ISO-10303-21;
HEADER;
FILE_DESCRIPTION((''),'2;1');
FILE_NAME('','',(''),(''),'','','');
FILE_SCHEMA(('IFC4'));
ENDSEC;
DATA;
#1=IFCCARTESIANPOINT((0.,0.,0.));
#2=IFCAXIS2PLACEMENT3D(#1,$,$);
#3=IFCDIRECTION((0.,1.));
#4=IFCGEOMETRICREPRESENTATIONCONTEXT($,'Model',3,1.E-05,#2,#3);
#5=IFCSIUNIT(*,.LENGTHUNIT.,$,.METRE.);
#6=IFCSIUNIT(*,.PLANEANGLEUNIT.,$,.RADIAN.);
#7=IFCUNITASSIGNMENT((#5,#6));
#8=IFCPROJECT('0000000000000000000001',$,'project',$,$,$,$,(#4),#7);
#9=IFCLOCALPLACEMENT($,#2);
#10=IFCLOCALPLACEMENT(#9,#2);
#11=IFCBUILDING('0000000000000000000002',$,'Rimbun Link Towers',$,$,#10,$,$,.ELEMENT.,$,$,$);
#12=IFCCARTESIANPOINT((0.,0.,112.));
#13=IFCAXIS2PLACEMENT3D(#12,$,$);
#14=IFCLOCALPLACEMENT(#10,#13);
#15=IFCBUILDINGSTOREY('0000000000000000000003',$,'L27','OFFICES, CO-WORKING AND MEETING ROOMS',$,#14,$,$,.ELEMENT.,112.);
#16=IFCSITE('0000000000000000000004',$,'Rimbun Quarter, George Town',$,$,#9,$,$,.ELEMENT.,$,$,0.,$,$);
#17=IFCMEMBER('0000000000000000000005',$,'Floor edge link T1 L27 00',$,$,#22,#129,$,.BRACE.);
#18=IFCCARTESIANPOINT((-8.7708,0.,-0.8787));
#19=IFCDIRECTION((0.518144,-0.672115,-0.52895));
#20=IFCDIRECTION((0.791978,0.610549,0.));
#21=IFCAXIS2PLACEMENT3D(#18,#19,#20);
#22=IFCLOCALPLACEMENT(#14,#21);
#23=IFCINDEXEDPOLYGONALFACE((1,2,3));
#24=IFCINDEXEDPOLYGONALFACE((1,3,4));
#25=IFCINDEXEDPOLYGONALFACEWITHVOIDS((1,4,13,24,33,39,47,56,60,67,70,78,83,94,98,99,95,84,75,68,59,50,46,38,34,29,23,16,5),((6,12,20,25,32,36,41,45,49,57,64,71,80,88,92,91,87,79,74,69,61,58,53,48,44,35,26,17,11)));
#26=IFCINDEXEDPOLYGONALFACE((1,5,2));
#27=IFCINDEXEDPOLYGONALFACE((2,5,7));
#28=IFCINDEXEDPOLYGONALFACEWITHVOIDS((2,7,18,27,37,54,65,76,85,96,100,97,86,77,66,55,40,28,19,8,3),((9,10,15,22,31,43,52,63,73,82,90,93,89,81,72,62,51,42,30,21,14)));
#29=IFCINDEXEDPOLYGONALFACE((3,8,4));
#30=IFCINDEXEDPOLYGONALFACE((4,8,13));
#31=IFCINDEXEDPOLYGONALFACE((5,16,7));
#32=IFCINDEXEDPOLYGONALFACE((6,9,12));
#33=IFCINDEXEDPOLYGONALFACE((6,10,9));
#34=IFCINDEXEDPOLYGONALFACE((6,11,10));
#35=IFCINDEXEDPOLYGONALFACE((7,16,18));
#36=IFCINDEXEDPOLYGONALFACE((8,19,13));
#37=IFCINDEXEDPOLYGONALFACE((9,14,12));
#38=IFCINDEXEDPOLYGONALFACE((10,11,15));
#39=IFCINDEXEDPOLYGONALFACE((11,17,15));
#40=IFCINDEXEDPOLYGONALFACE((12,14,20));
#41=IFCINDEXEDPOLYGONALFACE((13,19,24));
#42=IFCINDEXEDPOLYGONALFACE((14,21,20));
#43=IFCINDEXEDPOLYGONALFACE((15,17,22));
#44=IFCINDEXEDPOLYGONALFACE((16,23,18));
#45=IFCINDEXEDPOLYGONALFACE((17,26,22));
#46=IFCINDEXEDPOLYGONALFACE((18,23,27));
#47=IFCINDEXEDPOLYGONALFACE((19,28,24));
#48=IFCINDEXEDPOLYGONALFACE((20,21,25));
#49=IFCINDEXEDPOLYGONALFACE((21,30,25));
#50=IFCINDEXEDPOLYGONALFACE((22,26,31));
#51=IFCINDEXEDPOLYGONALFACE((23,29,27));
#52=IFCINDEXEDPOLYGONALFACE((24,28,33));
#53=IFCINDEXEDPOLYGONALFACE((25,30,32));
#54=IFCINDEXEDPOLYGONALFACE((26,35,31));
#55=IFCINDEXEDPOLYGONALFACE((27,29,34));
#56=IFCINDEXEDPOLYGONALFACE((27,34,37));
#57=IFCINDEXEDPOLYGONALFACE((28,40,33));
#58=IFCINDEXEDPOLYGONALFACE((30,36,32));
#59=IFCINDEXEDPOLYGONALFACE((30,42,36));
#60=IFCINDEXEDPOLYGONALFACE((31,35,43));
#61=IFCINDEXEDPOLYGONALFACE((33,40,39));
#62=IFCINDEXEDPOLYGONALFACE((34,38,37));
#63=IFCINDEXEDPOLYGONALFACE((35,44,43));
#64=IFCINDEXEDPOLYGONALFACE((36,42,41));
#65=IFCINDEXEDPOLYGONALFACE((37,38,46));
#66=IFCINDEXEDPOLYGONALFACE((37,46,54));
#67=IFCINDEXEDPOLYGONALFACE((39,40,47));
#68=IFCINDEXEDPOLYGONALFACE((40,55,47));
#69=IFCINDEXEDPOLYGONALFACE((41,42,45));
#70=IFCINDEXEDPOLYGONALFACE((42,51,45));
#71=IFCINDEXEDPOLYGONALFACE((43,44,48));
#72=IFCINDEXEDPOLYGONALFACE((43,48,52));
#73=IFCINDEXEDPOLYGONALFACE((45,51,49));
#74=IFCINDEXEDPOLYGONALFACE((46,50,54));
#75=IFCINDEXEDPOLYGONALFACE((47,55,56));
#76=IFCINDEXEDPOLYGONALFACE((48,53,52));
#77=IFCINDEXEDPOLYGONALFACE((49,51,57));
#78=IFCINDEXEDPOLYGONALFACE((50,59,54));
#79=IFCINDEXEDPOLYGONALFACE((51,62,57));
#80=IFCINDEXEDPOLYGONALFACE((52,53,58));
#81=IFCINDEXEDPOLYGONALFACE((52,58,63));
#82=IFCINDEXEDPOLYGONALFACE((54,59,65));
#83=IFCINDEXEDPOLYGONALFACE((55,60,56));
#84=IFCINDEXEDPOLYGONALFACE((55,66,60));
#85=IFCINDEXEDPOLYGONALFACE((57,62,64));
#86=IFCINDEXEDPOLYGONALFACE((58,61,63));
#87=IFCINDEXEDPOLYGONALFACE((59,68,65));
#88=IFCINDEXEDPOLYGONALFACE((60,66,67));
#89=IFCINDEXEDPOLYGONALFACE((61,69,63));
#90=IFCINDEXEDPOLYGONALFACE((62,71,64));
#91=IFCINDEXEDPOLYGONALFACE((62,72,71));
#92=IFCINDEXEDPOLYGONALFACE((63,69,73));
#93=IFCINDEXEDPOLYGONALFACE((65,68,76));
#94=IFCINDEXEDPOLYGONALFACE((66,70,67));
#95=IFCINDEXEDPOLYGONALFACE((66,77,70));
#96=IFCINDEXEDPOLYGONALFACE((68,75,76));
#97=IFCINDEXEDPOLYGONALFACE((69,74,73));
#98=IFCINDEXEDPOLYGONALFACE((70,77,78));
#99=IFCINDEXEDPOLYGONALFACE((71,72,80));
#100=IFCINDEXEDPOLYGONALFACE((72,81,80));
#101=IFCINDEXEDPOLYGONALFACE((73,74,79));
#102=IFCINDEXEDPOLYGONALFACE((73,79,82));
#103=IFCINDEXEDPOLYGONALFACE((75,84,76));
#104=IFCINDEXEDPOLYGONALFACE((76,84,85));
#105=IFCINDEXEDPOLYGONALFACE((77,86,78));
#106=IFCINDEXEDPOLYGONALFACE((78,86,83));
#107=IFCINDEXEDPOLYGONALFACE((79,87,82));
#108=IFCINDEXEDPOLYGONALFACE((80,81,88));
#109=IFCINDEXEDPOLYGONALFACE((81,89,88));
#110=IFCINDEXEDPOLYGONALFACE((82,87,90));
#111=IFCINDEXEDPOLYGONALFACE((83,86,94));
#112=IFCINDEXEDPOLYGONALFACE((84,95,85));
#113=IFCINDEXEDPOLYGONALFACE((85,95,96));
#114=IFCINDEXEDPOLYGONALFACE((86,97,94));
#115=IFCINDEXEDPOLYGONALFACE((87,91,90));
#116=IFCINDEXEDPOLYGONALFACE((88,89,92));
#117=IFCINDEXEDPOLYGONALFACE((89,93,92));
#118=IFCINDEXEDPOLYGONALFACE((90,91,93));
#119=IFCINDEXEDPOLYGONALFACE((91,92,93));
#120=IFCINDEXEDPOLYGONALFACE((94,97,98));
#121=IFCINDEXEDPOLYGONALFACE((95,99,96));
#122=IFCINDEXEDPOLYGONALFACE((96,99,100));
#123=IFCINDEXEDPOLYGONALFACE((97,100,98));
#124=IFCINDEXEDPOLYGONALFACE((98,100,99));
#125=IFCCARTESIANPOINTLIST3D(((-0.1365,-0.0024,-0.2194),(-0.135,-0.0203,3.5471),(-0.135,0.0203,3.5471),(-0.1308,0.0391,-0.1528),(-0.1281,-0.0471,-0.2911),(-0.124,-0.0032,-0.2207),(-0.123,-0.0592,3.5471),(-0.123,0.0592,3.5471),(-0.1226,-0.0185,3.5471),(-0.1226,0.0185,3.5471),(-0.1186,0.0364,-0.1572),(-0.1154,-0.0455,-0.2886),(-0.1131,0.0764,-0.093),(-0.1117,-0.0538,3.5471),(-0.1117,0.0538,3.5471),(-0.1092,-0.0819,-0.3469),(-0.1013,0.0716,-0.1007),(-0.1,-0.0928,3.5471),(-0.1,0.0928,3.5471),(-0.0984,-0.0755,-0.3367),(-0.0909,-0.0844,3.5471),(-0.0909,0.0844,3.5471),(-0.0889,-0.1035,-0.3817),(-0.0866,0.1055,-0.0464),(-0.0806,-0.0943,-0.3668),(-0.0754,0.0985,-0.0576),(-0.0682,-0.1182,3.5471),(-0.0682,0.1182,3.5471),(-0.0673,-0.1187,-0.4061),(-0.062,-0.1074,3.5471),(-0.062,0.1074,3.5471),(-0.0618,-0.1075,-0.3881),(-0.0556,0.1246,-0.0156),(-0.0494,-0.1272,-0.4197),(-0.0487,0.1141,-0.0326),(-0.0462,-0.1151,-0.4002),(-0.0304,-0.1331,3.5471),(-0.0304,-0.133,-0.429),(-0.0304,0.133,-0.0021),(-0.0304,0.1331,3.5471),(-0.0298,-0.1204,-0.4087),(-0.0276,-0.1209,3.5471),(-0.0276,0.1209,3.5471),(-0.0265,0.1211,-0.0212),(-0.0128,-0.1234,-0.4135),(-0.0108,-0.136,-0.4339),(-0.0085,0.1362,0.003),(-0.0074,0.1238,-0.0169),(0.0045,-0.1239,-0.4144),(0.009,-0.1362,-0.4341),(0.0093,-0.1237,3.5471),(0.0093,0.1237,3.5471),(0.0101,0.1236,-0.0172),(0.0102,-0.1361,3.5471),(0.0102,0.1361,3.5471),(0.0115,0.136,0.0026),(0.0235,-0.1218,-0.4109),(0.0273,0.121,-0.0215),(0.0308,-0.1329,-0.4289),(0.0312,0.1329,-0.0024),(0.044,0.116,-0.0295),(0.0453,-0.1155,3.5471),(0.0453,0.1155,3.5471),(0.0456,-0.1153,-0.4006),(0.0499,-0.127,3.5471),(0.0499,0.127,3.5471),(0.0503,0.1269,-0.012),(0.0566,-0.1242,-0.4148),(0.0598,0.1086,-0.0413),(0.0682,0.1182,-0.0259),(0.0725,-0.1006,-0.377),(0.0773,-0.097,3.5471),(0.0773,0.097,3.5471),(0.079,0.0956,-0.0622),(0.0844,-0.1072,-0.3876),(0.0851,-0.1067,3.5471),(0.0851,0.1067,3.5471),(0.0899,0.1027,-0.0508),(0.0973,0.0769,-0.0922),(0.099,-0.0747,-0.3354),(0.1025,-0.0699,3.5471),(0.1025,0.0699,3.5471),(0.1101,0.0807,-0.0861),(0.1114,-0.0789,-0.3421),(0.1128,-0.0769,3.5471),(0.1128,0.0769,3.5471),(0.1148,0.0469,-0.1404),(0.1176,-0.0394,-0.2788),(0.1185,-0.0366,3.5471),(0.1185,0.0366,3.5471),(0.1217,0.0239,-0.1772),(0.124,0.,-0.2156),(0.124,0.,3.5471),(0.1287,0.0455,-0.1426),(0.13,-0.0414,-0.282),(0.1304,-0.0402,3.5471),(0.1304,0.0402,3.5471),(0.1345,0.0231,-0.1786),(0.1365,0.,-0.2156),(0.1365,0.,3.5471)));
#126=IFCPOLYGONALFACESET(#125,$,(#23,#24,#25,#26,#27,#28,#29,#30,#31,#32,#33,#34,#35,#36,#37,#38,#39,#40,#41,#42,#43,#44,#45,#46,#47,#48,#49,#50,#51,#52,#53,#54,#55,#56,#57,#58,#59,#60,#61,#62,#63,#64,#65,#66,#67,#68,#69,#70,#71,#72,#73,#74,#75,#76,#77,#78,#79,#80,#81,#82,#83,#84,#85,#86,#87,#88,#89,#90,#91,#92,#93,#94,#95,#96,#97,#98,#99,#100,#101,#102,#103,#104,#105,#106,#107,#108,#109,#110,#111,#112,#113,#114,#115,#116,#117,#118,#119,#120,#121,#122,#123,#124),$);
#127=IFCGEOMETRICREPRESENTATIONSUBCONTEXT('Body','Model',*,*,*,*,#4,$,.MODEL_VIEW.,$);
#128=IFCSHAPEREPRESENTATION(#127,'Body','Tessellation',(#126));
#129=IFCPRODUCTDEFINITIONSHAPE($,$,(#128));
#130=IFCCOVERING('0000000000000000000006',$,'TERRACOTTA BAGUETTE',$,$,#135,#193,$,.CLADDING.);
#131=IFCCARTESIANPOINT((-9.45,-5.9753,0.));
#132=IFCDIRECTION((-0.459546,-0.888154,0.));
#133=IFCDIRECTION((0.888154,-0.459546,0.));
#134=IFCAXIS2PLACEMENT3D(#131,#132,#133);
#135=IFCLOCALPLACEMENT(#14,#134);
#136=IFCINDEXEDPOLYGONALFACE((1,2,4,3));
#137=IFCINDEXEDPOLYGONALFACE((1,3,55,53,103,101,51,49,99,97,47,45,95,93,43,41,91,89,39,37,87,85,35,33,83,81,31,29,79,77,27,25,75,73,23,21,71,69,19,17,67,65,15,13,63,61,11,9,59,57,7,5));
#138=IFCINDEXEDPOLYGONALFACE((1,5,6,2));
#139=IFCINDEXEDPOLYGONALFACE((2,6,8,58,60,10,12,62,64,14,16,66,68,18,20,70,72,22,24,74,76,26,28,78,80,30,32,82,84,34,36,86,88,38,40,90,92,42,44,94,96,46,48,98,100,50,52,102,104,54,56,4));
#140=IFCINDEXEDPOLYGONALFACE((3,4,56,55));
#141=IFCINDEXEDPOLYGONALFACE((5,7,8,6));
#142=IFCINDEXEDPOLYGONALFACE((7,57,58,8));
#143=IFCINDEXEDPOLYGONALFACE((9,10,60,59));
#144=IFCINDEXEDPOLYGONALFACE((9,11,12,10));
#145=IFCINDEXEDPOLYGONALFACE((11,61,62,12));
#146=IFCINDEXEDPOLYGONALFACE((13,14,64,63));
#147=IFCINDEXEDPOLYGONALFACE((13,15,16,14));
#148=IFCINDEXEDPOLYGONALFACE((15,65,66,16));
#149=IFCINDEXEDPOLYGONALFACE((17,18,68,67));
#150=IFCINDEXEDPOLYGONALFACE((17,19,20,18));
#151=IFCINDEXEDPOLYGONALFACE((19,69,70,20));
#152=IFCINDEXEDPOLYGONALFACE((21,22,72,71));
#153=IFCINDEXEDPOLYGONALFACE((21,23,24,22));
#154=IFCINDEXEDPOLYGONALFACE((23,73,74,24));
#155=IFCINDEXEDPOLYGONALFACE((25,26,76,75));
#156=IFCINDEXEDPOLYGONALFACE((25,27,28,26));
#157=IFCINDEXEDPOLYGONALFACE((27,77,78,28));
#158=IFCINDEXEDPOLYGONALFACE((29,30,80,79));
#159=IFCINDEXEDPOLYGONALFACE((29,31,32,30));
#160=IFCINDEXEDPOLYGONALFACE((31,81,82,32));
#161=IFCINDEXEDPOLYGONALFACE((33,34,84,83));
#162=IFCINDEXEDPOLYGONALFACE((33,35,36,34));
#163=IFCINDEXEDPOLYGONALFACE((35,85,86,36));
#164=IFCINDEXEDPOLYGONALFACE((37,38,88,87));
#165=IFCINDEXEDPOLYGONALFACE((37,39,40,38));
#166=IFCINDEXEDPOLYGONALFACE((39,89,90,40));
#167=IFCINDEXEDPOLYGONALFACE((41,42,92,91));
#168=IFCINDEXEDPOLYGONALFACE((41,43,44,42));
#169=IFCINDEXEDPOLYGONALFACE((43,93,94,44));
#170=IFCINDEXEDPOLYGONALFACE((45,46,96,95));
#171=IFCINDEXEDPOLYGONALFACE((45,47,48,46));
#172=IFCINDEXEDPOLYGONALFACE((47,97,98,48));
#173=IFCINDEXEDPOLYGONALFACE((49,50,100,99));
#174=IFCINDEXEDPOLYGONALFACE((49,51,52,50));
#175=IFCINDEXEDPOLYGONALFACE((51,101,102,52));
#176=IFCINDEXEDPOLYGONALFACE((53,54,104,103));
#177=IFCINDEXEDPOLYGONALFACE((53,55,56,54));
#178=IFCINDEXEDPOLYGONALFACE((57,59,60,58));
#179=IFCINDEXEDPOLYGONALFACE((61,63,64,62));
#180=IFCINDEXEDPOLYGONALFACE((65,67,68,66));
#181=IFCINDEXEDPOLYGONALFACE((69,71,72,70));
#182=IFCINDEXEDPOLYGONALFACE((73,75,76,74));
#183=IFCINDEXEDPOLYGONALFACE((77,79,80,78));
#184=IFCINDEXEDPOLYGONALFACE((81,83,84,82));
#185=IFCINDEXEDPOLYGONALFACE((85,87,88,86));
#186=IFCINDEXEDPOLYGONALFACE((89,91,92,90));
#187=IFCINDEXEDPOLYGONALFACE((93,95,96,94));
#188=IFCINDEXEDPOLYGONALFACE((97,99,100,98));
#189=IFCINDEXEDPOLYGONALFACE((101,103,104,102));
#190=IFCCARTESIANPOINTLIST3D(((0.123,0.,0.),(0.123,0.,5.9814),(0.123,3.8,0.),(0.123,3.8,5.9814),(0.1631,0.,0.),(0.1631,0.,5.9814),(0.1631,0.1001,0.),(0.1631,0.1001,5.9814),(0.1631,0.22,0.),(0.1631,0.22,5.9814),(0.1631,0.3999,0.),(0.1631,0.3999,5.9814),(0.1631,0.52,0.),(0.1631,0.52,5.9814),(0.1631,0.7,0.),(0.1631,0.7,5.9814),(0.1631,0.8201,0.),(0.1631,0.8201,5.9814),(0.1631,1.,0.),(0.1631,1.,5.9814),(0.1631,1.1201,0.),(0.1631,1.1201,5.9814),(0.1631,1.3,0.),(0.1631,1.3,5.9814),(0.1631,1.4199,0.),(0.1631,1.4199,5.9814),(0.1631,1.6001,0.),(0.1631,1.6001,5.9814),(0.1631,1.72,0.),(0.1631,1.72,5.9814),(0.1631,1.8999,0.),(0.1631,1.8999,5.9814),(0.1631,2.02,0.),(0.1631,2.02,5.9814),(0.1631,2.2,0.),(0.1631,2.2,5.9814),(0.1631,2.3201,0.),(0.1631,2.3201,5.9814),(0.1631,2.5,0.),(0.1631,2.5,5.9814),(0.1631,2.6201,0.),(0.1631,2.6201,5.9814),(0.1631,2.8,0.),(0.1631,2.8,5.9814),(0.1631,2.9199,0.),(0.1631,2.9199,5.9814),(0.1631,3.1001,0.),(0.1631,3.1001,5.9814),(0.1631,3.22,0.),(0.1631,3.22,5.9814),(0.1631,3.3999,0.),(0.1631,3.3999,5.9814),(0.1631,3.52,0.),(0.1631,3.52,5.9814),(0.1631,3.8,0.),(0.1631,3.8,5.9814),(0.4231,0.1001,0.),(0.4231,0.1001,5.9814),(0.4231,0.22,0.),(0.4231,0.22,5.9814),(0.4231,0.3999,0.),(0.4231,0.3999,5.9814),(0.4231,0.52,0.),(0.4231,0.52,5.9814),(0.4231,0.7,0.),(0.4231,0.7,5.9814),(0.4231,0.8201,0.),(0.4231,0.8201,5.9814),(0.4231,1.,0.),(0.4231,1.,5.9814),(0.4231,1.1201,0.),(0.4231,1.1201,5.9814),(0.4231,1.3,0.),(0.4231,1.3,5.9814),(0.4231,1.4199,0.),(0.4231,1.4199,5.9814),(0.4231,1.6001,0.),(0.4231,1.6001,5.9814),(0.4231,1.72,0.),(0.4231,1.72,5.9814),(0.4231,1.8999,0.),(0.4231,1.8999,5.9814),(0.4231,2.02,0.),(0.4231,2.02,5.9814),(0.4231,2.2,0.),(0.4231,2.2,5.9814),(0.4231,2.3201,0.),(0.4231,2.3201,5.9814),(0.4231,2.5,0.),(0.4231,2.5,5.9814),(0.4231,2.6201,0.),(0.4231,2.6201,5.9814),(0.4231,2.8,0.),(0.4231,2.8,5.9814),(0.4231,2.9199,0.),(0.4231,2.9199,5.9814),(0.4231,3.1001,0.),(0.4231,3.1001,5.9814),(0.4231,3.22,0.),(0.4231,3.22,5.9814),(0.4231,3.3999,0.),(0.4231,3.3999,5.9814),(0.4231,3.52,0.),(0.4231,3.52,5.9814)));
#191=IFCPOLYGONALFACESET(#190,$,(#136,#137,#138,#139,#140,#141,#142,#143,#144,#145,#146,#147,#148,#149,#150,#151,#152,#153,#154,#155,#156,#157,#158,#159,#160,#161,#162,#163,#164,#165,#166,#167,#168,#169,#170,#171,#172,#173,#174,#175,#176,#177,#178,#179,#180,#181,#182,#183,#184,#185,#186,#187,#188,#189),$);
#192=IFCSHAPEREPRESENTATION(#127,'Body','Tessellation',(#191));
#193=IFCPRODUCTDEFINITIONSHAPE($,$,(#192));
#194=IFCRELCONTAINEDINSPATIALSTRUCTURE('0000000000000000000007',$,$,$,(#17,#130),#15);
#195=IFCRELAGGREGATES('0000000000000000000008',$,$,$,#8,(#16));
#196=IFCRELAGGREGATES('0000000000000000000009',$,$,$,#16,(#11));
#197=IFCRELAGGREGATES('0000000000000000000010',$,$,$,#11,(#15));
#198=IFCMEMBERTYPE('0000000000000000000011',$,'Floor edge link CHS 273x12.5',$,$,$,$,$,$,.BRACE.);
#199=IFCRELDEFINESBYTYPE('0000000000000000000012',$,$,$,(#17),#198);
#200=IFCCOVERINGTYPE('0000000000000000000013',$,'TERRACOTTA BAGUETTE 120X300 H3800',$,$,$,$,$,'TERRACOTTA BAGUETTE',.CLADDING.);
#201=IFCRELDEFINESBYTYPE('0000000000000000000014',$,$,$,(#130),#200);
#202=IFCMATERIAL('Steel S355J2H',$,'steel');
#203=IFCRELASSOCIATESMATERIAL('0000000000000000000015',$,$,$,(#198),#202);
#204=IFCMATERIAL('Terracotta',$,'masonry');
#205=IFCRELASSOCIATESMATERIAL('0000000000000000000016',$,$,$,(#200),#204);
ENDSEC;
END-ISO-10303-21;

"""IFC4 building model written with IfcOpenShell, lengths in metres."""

from ifc_helpers import new_model, si_unit, direction, frame, origin, origin_2d, place, context, subcontext, project, spatial, polyline, hollow_circle, outline, extrude, clip, halfspace, material, material_profile, profile_set, type_object, element, save


model = new_model("IFC4")

# Units and contexts
model_context = context("Model", 3, precision=1e-05, world=origin(), true_north=direction((0.0, 1.0)))
body_context = subcontext(model_context, "Body", "Model", "MODEL_VIEW")
ifc_project = project(units=[si_unit("LENGTHUNIT", "METRE"), si_unit("PLANEANGLEUNIT", "RADIAN")], contexts=[model_context])

# Site, building, storey
site_placement = place(None, origin())
site = spatial("IfcSite", under=ifc_project, at=site_placement, Name="Rimbun Quarter, George Town", CompositionType="ELEMENT", RefElevation=0.0)
building_placement = place(site_placement, origin())
building = spatial("IfcBuilding", under=site, at=building_placement, Name="Rimbun Link Towers", CompositionType="ELEMENT")
storey_placement = place(building_placement, frame((0.0, 0.0, 112.0)))
storey = spatial("IfcBuildingStorey", under=building, at=storey_placement, Name="L27", Description="OFFICES, CO-WORKING AND MEETING ROOMS", CompositionType="ELEMENT", Elevation=112.0)

# Member
ifc_material_1 = material(Name="Steel S355J2H", Category="steel")
ifc_material_profile_1 = material_profile(ifc_material_1, hollow_circle(Radius=0.1365, WallThickness=0.0125, at=origin_2d()), Name="CHS 273x12.5")
ifc_profile_set_1 = profile_set([ifc_material_profile_1], Name="Steel S355J2H")
member_type_1 = type_object("IfcMemberType", Name="Floor edge link CHS 273x12.5", PredefinedType="BRACE", material=ifc_profile_set_1)
member_1_placement = place(storey_placement, frame((-8.7708, 0.0, -0.8787), z_axis=(0.518144, -0.672115, -0.52895), x_axis=(0.791978, 0.610549, 0.0)))
element("IfcMember", 1, at=member_1_placement, inside=storey, type_object=member_type_1, Name="Floor edge link T1 L27 00", PredefinedType="BRACE", context=body_context, shape_type="Clipping", body=[
    clip(extrude(hollow_circle(Radius=0.1365, WallThickness=0.0125, at=origin_2d()), frame((0.0, 0.0, -0.4568)), (0.0, 0.0, 1.0), 4.0039), halfspace(frame((0.0, 0.0, -0.2156), z_axis=(0.0, 0.848653, -0.52895)), False)),
])

# Covering
ifc_material_2 = material(Name="Terracotta", Category="masonry")
ifc_material_profile_2 = material_profile(ifc_material_2, outline(polyline([(0.123, 0.0), (0.1631, 0.0), (0.1631, 0.1001), (0.4231, 0.1001), (0.4231, 0.22), (0.1631, 0.22), (0.1631, 0.3999), (0.4231, 0.3999), (0.4231, 0.52), (0.1631, 0.52), (0.1631, 0.7), (0.4231, 0.7), (0.4231, 0.8201), (0.1631, 0.8201), (0.1631, 1.0), (0.4231, 1.0), (0.4231, 1.1201), (0.1631, 1.1201), (0.1631, 1.3), (0.4231, 1.3), (0.4231, 1.4199), (0.1631, 1.4199), (0.1631, 1.6001), (0.4231, 1.6001), (0.4231, 1.72), (0.1631, 1.72), (0.1631, 1.8999), (0.4231, 1.8999), (0.4231, 2.02), (0.1631, 2.02), (0.1631, 2.2), (0.4231, 2.2), (0.4231, 2.3201), (0.1631, 2.3201), (0.1631, 2.5), (0.4231, 2.5), (0.4231, 2.6201), (0.1631, 2.6201), (0.1631, 2.8), (0.4231, 2.8), (0.4231, 2.9199), (0.1631, 2.9199), (0.1631, 3.1001), (0.4231, 3.1001), (0.4231, 3.22), (0.1631, 3.22), (0.1631, 3.3999), (0.4231, 3.3999), (0.4231, 3.52), (0.1631, 3.52), (0.1631, 3.8), (0.123, 3.8), (0.123, 0.0)])), Name="BAGUETTE 120X300")
ifc_profile_set_2 = profile_set([ifc_material_profile_2], Name="Terracotta")
covering_type = type_object("IfcCoveringType", Name="TERRACOTTA BAGUETTE 120X300 H3800", ElementType="TERRACOTTA BAGUETTE", PredefinedType="CLADDING", material=ifc_profile_set_2)
covering_1_placement = place(storey_placement, frame((-9.45, -5.9753, 0.0), z_axis=(-0.459546, -0.888154, 0.0), x_axis=(0.888154, -0.459546, 0.0)))
element("IfcCovering", 2, at=covering_1_placement, inside=storey, type_object=covering_type, Name="TERRACOTTA BAGUETTE", PredefinedType="CLADDING", context=body_context, shape_type="SweptSolid", body=[
    extrude(outline(polyline([(0.123, 0.0), (0.1631, 0.0), (0.1631, 0.1001), (0.4231, 0.1001), (0.4231, 0.22), (0.1631, 0.22), (0.1631, 0.3999), (0.4231, 0.3999), (0.4231, 0.52), (0.1631, 0.52), (0.1631, 0.7), (0.4231, 0.7), (0.4231, 0.8201), (0.1631, 0.8201), (0.1631, 1.0), (0.4231, 1.0), (0.4231, 1.1201), (0.1631, 1.1201), (0.1631, 1.3), (0.4231, 1.3), (0.4231, 1.4199), (0.1631, 1.4199), (0.1631, 1.6001), (0.4231, 1.6001), (0.4231, 1.72), (0.1631, 1.72), (0.1631, 1.8999), (0.4231, 1.8999), (0.4231, 2.02), (0.1631, 2.02), (0.1631, 2.2), (0.4231, 2.2), (0.4231, 2.3201), (0.1631, 2.3201), (0.1631, 2.5), (0.4231, 2.5), (0.4231, 2.6201), (0.1631, 2.6201), (0.1631, 2.8), (0.4231, 2.8), (0.4231, 2.9199), (0.1631, 2.9199), (0.1631, 3.1001), (0.4231, 3.1001), (0.4231, 3.22), (0.1631, 3.22), (0.1631, 3.3999), (0.4231, 3.3999), (0.4231, 3.52), (0.1631, 3.52), (0.1631, 3.8), (0.123, 3.8), (0.123, 0.0)])), origin(), (0.0, 0.0, 1.0), 5.9814),
])

save(model, "model.ifc")
